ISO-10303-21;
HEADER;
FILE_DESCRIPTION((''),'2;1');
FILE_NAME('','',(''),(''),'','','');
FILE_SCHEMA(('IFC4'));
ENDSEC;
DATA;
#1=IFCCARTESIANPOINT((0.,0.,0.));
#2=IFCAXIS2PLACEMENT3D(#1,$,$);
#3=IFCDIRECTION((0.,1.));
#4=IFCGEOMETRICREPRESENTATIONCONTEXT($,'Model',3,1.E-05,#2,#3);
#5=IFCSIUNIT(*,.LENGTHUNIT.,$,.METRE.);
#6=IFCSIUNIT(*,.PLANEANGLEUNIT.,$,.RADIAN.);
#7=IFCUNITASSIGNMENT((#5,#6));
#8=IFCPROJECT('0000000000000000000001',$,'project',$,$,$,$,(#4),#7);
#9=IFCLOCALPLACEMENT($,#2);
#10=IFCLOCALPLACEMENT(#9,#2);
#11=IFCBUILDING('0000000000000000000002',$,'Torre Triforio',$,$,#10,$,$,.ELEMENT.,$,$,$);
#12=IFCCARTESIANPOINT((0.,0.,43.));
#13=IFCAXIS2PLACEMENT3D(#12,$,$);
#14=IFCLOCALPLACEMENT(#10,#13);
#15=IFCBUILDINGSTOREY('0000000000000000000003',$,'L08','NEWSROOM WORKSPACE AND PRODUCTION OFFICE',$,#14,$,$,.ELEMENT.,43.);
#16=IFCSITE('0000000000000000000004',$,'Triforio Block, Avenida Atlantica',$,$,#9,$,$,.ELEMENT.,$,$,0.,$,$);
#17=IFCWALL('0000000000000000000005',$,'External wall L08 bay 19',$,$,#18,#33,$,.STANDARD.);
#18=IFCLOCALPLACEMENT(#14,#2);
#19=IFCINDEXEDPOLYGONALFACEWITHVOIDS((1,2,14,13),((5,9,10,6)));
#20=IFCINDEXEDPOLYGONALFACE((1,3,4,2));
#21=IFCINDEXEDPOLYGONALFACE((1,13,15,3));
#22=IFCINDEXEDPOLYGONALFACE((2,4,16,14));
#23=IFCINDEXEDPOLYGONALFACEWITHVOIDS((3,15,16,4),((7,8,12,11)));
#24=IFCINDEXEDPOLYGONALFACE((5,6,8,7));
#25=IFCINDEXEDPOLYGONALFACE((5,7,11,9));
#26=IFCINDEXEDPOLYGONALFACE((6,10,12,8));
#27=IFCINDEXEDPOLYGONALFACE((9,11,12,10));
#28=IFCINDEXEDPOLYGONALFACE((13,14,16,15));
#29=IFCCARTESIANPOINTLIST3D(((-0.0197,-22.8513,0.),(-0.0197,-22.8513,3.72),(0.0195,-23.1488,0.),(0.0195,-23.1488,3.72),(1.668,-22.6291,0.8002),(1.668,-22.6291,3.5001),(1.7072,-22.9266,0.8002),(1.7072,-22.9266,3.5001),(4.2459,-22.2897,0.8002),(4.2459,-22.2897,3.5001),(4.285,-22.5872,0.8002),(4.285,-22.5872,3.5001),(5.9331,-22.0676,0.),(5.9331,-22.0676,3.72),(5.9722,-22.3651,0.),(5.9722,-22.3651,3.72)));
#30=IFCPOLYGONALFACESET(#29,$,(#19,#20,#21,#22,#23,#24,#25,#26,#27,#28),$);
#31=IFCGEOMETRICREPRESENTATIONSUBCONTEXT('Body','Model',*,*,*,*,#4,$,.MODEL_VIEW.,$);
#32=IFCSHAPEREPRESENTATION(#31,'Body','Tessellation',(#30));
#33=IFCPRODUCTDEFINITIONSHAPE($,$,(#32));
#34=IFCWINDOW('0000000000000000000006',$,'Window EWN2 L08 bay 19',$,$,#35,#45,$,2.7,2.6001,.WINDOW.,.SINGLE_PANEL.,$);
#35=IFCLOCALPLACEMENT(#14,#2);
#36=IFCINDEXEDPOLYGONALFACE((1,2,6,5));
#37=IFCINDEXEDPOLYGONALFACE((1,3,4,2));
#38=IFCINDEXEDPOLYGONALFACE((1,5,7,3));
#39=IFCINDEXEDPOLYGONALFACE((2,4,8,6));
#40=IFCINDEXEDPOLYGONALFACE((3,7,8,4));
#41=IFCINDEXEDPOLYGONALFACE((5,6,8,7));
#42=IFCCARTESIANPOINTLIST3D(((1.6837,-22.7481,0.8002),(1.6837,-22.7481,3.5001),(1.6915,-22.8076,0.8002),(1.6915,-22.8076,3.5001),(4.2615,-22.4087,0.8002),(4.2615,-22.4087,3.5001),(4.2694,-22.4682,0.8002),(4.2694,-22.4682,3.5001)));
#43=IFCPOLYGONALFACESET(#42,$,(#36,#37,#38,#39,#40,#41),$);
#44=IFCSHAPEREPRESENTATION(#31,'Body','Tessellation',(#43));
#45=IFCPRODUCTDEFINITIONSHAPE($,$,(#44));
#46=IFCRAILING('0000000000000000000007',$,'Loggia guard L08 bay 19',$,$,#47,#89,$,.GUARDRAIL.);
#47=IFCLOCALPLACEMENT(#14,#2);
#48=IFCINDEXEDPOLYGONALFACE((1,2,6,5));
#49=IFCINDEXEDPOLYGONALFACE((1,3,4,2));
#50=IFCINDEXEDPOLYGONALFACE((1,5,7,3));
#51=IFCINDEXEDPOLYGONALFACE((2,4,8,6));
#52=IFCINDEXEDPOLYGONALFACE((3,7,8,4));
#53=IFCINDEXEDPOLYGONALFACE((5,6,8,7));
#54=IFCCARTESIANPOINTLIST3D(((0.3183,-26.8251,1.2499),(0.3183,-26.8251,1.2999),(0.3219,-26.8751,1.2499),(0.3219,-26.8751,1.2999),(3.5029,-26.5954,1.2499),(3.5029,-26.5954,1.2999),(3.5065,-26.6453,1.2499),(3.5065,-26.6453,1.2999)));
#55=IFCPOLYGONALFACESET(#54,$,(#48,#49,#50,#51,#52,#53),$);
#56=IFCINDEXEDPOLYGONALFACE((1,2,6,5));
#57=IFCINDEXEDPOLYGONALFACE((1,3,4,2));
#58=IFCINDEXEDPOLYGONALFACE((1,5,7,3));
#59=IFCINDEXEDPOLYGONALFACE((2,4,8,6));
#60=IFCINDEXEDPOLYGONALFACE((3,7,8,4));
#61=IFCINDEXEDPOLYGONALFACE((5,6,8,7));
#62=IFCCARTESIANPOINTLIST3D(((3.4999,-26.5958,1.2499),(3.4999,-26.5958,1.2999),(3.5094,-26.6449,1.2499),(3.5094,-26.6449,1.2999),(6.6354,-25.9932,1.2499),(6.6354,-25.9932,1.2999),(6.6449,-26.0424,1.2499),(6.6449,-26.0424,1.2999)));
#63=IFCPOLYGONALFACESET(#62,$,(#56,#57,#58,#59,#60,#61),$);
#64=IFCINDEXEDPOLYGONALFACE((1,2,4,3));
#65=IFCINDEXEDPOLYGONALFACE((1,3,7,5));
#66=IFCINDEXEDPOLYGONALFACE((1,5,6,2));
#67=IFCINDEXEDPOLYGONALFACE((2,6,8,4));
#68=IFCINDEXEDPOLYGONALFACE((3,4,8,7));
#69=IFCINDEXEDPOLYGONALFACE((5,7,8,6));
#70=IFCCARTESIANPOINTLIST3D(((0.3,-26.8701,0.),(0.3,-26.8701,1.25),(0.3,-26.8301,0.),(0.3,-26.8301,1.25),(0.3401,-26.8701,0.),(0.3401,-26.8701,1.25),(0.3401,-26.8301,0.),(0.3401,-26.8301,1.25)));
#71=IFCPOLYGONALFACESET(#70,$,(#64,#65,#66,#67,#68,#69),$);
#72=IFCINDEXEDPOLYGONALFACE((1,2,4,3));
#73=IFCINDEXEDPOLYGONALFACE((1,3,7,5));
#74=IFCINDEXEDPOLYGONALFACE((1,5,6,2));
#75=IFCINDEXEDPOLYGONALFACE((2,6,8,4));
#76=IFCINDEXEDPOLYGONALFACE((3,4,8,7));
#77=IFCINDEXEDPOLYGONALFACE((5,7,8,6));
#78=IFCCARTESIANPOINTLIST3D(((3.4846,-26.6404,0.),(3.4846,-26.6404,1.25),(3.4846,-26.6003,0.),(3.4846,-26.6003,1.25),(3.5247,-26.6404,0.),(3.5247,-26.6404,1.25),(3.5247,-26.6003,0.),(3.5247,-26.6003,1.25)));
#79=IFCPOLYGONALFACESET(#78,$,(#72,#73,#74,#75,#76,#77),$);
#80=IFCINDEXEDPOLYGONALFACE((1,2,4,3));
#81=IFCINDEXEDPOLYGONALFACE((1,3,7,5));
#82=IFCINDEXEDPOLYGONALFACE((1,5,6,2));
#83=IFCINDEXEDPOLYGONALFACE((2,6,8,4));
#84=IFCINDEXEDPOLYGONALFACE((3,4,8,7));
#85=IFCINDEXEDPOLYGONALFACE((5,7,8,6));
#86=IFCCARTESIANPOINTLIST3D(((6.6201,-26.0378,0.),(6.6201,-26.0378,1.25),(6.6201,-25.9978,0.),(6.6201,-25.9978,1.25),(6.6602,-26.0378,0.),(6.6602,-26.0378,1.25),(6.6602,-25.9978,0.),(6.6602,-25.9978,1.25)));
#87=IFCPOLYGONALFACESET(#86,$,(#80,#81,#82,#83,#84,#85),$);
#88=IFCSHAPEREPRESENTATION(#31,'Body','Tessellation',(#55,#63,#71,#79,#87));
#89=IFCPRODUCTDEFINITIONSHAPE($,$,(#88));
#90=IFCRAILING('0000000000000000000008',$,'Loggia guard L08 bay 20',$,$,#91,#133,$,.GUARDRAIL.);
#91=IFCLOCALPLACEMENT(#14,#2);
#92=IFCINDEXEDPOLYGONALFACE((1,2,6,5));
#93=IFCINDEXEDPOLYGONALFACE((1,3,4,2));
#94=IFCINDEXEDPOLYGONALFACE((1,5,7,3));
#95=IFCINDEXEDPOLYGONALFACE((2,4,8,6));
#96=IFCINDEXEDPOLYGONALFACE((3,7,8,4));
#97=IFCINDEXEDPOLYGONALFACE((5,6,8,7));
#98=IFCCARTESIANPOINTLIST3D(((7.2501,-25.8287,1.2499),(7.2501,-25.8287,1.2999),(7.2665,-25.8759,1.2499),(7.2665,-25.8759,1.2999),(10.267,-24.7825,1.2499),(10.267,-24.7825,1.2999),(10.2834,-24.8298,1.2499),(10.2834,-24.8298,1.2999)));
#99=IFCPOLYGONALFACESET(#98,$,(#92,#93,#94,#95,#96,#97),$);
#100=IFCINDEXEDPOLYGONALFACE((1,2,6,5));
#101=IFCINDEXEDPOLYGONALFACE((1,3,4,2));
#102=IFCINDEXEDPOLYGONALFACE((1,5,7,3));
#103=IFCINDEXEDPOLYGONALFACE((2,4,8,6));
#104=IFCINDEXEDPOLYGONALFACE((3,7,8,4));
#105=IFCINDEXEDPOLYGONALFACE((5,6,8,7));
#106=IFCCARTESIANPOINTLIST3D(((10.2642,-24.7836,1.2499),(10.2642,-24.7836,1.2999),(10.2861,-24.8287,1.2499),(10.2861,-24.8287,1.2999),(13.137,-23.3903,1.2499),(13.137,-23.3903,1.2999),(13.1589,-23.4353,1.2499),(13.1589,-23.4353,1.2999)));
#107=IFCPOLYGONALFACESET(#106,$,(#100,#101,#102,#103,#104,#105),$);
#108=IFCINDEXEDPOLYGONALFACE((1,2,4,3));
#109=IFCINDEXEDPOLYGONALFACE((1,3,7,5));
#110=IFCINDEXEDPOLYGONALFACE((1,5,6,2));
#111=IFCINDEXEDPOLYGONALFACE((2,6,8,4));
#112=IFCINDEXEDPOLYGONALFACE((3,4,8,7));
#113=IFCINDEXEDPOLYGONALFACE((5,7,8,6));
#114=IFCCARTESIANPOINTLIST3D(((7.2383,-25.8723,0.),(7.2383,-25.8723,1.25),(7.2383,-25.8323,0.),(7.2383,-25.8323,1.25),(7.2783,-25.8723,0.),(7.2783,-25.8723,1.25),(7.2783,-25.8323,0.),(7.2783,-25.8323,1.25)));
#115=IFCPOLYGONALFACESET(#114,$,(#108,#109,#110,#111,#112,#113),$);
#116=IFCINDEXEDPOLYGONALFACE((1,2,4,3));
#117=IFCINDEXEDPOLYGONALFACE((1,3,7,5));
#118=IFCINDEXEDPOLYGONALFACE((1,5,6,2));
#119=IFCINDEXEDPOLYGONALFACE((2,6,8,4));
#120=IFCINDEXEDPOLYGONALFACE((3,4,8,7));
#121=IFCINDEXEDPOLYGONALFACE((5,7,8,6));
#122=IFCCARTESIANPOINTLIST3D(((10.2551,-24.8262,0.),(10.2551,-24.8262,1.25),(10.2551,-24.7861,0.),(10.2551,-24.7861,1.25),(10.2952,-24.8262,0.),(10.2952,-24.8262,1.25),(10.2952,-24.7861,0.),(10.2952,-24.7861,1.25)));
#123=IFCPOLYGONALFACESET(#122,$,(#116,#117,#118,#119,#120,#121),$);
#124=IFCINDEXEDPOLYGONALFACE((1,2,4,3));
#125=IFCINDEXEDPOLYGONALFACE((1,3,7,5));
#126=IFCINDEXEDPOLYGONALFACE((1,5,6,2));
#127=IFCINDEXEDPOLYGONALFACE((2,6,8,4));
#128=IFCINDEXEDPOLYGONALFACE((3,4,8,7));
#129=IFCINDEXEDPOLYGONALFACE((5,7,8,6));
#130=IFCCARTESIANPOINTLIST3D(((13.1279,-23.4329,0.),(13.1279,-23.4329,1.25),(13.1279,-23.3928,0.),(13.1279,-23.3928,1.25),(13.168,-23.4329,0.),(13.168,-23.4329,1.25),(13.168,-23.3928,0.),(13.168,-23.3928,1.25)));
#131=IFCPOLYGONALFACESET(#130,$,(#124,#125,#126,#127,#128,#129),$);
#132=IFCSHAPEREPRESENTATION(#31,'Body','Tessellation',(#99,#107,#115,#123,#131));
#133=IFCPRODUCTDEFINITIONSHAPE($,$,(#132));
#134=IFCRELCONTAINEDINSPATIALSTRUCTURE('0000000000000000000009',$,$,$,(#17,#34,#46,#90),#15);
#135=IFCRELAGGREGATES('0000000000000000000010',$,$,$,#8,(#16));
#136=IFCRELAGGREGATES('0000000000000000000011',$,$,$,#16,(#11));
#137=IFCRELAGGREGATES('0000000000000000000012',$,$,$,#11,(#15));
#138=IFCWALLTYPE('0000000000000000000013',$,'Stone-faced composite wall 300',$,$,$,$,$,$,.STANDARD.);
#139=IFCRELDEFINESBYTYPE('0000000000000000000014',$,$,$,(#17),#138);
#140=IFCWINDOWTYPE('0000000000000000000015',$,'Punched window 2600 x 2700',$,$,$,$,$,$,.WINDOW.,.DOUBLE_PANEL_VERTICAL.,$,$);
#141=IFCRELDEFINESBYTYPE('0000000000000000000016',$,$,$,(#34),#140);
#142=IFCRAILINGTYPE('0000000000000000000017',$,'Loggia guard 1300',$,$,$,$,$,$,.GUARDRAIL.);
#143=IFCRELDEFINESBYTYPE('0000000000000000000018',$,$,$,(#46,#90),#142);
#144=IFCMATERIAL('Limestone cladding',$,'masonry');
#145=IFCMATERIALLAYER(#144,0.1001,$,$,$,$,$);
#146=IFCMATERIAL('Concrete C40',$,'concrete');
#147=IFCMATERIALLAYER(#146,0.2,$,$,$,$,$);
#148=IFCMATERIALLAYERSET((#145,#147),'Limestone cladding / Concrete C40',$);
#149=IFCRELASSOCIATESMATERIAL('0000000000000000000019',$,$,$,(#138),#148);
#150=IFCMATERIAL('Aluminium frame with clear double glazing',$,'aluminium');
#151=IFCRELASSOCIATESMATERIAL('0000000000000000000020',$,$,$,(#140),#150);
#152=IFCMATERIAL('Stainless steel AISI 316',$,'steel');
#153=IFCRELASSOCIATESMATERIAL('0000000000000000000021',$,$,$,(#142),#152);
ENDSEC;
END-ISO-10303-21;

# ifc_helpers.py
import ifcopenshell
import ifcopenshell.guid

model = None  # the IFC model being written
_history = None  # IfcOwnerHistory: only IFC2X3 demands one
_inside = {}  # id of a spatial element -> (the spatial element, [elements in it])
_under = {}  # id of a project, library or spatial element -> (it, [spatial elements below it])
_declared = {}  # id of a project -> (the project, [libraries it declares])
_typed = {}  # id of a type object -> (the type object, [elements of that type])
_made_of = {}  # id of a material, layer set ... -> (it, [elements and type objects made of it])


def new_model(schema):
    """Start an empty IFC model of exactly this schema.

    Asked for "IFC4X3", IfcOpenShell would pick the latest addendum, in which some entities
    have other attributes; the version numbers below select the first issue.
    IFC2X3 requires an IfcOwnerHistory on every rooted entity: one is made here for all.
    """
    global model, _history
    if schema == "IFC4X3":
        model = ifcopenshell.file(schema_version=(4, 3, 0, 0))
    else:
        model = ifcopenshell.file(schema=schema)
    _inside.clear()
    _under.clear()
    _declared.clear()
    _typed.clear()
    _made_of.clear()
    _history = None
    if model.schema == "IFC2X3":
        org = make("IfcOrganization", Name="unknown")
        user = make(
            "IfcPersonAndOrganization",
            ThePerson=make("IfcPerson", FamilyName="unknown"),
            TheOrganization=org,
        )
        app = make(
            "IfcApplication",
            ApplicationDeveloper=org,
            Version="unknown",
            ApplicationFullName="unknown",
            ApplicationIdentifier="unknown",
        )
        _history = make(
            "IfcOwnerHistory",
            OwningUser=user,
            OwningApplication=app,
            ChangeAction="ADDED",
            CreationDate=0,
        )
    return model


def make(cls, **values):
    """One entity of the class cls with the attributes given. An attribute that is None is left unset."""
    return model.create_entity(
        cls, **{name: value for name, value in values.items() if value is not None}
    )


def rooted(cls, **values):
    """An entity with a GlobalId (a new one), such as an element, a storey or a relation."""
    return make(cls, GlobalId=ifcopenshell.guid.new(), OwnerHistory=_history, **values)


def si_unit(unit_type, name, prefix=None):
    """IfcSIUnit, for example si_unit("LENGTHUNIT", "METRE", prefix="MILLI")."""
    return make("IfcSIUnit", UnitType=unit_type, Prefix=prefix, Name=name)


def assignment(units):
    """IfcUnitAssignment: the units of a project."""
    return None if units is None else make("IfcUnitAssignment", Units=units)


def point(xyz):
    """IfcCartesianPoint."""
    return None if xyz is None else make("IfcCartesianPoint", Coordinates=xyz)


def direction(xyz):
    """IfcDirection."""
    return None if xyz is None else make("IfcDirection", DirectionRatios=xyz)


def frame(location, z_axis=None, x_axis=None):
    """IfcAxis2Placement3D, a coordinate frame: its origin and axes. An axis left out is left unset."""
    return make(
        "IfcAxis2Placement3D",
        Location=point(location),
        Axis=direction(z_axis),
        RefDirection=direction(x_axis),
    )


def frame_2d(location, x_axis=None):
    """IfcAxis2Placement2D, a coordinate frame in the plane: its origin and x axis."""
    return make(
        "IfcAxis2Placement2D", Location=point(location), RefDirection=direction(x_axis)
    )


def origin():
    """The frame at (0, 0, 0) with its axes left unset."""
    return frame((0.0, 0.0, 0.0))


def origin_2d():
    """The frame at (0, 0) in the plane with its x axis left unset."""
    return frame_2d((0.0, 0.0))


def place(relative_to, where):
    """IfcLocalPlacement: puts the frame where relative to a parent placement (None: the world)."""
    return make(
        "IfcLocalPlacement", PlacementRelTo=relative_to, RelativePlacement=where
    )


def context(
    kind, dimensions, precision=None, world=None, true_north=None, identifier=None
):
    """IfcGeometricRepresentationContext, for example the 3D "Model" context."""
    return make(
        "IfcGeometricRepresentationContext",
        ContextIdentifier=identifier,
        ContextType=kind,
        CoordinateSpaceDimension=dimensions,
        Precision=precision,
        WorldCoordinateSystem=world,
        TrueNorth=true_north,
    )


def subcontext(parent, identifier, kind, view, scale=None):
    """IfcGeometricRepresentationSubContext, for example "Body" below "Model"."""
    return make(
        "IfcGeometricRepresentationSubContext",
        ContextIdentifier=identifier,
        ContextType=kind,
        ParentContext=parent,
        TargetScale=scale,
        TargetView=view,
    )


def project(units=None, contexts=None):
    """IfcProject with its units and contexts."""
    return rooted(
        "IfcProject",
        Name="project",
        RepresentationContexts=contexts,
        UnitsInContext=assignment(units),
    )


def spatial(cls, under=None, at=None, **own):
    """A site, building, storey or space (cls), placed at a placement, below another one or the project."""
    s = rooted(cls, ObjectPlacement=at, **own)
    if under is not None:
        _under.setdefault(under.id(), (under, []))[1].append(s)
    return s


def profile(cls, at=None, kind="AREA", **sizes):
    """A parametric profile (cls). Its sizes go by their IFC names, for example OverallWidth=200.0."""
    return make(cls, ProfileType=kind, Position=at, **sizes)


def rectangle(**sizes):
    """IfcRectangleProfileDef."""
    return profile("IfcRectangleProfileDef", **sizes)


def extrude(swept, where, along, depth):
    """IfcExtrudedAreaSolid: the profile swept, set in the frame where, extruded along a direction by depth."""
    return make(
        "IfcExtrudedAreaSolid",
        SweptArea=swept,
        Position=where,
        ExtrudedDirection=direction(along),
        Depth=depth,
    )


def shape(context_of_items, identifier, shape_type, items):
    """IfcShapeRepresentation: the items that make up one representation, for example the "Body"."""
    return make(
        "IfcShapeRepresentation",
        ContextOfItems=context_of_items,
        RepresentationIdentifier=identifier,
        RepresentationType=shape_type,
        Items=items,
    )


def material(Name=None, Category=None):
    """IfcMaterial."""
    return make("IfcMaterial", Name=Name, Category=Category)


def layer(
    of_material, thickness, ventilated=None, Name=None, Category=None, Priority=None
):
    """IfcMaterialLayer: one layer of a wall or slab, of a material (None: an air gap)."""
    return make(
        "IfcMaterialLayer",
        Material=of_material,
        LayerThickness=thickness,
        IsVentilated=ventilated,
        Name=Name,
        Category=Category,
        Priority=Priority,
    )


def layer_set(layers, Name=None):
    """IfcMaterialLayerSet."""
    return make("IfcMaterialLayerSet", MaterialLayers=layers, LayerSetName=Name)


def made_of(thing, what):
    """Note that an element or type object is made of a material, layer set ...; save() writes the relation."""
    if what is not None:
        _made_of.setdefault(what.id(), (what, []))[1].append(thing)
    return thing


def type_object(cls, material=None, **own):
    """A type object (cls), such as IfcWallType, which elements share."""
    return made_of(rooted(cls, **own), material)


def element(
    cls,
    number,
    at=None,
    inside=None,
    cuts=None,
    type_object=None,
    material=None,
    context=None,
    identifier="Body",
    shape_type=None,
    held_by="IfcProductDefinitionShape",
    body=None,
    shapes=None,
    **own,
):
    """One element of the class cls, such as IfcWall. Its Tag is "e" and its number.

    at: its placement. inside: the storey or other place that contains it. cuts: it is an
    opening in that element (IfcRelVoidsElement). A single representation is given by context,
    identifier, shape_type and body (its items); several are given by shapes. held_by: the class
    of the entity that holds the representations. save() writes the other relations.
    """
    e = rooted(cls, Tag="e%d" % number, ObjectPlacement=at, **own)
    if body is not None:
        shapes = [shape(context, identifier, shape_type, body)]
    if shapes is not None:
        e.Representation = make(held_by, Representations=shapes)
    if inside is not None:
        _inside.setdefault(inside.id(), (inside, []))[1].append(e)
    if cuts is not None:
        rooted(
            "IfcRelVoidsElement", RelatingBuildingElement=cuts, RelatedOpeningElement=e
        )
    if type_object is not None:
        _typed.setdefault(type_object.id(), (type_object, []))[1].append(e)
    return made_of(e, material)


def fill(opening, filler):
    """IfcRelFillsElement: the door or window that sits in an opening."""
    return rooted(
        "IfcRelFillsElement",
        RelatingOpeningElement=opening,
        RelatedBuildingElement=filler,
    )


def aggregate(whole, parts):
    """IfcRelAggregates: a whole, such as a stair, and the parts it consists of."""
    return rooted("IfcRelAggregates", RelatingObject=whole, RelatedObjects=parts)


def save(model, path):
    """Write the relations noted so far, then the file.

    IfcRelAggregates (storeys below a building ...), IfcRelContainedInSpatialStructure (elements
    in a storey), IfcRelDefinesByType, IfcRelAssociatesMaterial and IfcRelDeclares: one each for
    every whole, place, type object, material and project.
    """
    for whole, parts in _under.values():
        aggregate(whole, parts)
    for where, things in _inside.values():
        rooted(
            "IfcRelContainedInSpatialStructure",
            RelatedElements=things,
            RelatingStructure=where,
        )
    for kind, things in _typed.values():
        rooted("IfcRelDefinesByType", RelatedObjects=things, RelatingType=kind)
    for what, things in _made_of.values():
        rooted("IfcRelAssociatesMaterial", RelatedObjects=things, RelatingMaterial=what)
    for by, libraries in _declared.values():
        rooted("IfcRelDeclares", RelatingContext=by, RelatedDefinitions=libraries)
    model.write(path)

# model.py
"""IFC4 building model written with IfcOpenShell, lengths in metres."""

from ifc_helpers import new_model, si_unit, direction, frame, frame_2d, origin, origin_2d, place, context, subcontext, project, spatial, rectangle, extrude, material, layer, layer_set, type_object, element, fill, save


model = new_model("IFC4")

# Units and contexts
model_context = context("Model", 3, precision=1e-05, world=origin(), true_north=direction((0.0, 1.0)))
body_context = subcontext(model_context, "Body", "Model", "MODEL_VIEW")
ifc_project = project(units=[si_unit("LENGTHUNIT", "METRE"), si_unit("PLANEANGLEUNIT", "RADIAN")], contexts=[model_context])

# Site, building, storey
site_placement = place(None, origin())
site = spatial("IfcSite", under=ifc_project, at=site_placement, Name="Triforio Block, Avenida Atlantica", CompositionType="ELEMENT", RefElevation=0.0)
building_placement = place(site_placement, origin())
building = spatial("IfcBuilding", under=site, at=building_placement, Name="Torre Triforio", CompositionType="ELEMENT")
storey_placement = place(building_placement, frame((0.0, 0.0, 43.0)))
storey = spatial("IfcBuildingStorey", under=building, at=storey_placement, Name="L08", Description="NEWSROOM WORKSPACE AND PRODUCTION OFFICE", CompositionType="ELEMENT", Elevation=43.0)

# Wall, opening, window
ifc_material_1 = material(Name="Limestone cladding", Category="masonry")
ifc_layer_1 = layer(ifc_material_1, 0.1001)
ifc_material_2 = material(Name="Concrete C40", Category="concrete")
ifc_layer_2 = layer(ifc_material_2, 0.2)
ifc_layer_set_1 = layer_set([ifc_layer_1, ifc_layer_2], Name="Limestone cladding / Concrete C40")
wall_type_1 = type_object("IfcWallType", Name="Stone-faced composite wall 300", PredefinedType="STANDARD", material=ifc_layer_set_1)
wall_1_placement = place(storey_placement, frame((0.0, -23.0, 0.0), z_axis=(0.0, 0.0, 1.0), x_axis=(0.991445, 0.130523, 0.0)))
wall_1 = element("IfcWall", 1, at=wall_1_placement, inside=storey, type_object=wall_type_1, Name="External wall L08 bay 19", PredefinedType="STANDARD", context=body_context, shape_type="SweptSolid", body=[
    extrude(rectangle(XDim=6.0042, YDim=0.3, at=frame_2d((3.002, 0.0))), origin(), (0.0, 0.0, 1.0), 3.72),
])
opening_1_placement = place(wall_1_placement, frame((1.7021, 0.0, 0.8)))
opening_1 = element("IfcOpeningElement", 2, at=opening_1_placement, cuts=wall_1, PredefinedType="OPENING", context=body_context, shape_type="SweptSolid", body=[
    extrude(rectangle(XDim=2.6001, YDim=2.7, at=frame_2d((1.3, 1.3501))), frame((0.0, 0.1599, 0.0), z_axis=(0.0, -1.0, 0.0), x_axis=(1.0, 0.0, 0.0)), (0.0, 0.0, 1.0), 0.3201),
])
ifc_material_3 = material(Name="Aluminium frame with clear double glazing", Category="aluminium")
window_type_1 = type_object("IfcWindowType", Name="Punched window 2600 x 2700", PartitioningType="DOUBLE_PANEL_VERTICAL", PredefinedType="WINDOW", material=ifc_material_3)
window_1_placement = place(opening_1_placement, origin())
window_1 = element("IfcWindow", 3, at=window_1_placement, inside=storey, type_object=window_type_1, Name="Window EWN2 L08 bay 19", OverallHeight=2.7, OverallWidth=2.6001, PartitioningType="SINGLE_PANEL", PredefinedType="WINDOW", context=body_context, shape_type="SweptSolid", body=[
    extrude(rectangle(XDim=2.6001, YDim=2.7, at=frame_2d((1.3, 1.3501))), frame((0.0, 0.03, 0.0), z_axis=(0.0, -1.0, 0.0), x_axis=(1.0, 0.0, 0.0)), (0.0, 0.0, 1.0), 0.0601),
])
fill(opening_1, window_1)

# Railings
ifc_material_4 = material(Name="Stainless steel AISI 316", Category="steel")
railing_type = type_object("IfcRailingType", Name="Loggia guard 1300", PredefinedType="GUARDRAIL", material=ifc_material_4)
railing_1_placement = place(storey_placement, frame((0.3201, -26.8501, 0.0)))
element("IfcRailing", 4, at=railing_1_placement, inside=storey, type_object=railing_type, Name="Loggia guard L08 bay 19", PredefinedType="GUARDRAIL", context=body_context, shape_type="SweptSolid", body=[
    extrude(rectangle(XDim=0.05, YDim=0.05, at=origin_2d()), frame((0.0, 0.0, 1.2749), z_axis=(0.997408, 0.071953, 0.0), x_axis=(-0.071953, 0.997408, 0.0)), (0.0, 0.0, 1.0), 3.1929),
    extrude(rectangle(XDim=0.05, YDim=0.05, at=origin_2d()), frame((3.1846, 0.2297, 1.2749), z_axis=(0.982032, 0.188714, 0.0), x_axis=(-0.188714, 0.982032, 0.0)), (0.0, 0.0, 1.0), 3.1929),
    extrude(rectangle(XDim=0.04, YDim=0.04, at=origin_2d()), origin(), (0.0, 0.0, 1.0), 1.25),
    extrude(rectangle(XDim=0.04, YDim=0.04, at=origin_2d()), frame((3.1846, 0.2297, 0.0)), (0.0, 0.0, 1.0), 1.25),
    extrude(rectangle(XDim=0.04, YDim=0.04, at=origin_2d()), frame((6.3201, 0.8323, 0.0)), (0.0, 0.0, 1.0), 1.25),
])
railing_2_placement = place(storey_placement, frame((7.2583, -25.8523, 0.0)))
element("IfcRailing", 5, at=railing_2_placement, inside=storey, type_object=railing_type, Name="Loggia guard L08 bay 20", PredefinedType="GUARDRAIL", context=body_context, shape_type="SweptSolid", body=[
    extrude(rectangle(XDim=0.05, YDim=0.05, at=origin_2d()), frame((0.0, 0.0, 1.2749), z_axis=(0.944807, 0.327628, 0.0), x_axis=(-0.327628, 0.944807, 0.0)), (0.0, 0.0, 1.0), 3.1931),
    extrude(rectangle(XDim=0.05, YDim=0.05, at=origin_2d()), frame((3.0168, 1.0461, 1.2749), z_axis=(0.89976, 0.436384, 0.0), x_axis=(-0.436384, 0.89976, 0.0)), (0.0, 0.0, 1.0), 3.1929),
    extrude(rectangle(XDim=0.04, YDim=0.04, at=origin_2d()), origin(), (0.0, 0.0, 1.0), 1.25),
    extrude(rectangle(XDim=0.04, YDim=0.04, at=origin_2d()), frame((3.0168, 1.0461, 0.0)), (0.0, 0.0, 1.0), 1.25),
    extrude(rectangle(XDim=0.04, YDim=0.04, at=origin_2d()), frame((5.8896, 2.4395, 0.0)), (0.0, 0.0, 1.0), 1.25),
])

save(model, "model.ifc")
